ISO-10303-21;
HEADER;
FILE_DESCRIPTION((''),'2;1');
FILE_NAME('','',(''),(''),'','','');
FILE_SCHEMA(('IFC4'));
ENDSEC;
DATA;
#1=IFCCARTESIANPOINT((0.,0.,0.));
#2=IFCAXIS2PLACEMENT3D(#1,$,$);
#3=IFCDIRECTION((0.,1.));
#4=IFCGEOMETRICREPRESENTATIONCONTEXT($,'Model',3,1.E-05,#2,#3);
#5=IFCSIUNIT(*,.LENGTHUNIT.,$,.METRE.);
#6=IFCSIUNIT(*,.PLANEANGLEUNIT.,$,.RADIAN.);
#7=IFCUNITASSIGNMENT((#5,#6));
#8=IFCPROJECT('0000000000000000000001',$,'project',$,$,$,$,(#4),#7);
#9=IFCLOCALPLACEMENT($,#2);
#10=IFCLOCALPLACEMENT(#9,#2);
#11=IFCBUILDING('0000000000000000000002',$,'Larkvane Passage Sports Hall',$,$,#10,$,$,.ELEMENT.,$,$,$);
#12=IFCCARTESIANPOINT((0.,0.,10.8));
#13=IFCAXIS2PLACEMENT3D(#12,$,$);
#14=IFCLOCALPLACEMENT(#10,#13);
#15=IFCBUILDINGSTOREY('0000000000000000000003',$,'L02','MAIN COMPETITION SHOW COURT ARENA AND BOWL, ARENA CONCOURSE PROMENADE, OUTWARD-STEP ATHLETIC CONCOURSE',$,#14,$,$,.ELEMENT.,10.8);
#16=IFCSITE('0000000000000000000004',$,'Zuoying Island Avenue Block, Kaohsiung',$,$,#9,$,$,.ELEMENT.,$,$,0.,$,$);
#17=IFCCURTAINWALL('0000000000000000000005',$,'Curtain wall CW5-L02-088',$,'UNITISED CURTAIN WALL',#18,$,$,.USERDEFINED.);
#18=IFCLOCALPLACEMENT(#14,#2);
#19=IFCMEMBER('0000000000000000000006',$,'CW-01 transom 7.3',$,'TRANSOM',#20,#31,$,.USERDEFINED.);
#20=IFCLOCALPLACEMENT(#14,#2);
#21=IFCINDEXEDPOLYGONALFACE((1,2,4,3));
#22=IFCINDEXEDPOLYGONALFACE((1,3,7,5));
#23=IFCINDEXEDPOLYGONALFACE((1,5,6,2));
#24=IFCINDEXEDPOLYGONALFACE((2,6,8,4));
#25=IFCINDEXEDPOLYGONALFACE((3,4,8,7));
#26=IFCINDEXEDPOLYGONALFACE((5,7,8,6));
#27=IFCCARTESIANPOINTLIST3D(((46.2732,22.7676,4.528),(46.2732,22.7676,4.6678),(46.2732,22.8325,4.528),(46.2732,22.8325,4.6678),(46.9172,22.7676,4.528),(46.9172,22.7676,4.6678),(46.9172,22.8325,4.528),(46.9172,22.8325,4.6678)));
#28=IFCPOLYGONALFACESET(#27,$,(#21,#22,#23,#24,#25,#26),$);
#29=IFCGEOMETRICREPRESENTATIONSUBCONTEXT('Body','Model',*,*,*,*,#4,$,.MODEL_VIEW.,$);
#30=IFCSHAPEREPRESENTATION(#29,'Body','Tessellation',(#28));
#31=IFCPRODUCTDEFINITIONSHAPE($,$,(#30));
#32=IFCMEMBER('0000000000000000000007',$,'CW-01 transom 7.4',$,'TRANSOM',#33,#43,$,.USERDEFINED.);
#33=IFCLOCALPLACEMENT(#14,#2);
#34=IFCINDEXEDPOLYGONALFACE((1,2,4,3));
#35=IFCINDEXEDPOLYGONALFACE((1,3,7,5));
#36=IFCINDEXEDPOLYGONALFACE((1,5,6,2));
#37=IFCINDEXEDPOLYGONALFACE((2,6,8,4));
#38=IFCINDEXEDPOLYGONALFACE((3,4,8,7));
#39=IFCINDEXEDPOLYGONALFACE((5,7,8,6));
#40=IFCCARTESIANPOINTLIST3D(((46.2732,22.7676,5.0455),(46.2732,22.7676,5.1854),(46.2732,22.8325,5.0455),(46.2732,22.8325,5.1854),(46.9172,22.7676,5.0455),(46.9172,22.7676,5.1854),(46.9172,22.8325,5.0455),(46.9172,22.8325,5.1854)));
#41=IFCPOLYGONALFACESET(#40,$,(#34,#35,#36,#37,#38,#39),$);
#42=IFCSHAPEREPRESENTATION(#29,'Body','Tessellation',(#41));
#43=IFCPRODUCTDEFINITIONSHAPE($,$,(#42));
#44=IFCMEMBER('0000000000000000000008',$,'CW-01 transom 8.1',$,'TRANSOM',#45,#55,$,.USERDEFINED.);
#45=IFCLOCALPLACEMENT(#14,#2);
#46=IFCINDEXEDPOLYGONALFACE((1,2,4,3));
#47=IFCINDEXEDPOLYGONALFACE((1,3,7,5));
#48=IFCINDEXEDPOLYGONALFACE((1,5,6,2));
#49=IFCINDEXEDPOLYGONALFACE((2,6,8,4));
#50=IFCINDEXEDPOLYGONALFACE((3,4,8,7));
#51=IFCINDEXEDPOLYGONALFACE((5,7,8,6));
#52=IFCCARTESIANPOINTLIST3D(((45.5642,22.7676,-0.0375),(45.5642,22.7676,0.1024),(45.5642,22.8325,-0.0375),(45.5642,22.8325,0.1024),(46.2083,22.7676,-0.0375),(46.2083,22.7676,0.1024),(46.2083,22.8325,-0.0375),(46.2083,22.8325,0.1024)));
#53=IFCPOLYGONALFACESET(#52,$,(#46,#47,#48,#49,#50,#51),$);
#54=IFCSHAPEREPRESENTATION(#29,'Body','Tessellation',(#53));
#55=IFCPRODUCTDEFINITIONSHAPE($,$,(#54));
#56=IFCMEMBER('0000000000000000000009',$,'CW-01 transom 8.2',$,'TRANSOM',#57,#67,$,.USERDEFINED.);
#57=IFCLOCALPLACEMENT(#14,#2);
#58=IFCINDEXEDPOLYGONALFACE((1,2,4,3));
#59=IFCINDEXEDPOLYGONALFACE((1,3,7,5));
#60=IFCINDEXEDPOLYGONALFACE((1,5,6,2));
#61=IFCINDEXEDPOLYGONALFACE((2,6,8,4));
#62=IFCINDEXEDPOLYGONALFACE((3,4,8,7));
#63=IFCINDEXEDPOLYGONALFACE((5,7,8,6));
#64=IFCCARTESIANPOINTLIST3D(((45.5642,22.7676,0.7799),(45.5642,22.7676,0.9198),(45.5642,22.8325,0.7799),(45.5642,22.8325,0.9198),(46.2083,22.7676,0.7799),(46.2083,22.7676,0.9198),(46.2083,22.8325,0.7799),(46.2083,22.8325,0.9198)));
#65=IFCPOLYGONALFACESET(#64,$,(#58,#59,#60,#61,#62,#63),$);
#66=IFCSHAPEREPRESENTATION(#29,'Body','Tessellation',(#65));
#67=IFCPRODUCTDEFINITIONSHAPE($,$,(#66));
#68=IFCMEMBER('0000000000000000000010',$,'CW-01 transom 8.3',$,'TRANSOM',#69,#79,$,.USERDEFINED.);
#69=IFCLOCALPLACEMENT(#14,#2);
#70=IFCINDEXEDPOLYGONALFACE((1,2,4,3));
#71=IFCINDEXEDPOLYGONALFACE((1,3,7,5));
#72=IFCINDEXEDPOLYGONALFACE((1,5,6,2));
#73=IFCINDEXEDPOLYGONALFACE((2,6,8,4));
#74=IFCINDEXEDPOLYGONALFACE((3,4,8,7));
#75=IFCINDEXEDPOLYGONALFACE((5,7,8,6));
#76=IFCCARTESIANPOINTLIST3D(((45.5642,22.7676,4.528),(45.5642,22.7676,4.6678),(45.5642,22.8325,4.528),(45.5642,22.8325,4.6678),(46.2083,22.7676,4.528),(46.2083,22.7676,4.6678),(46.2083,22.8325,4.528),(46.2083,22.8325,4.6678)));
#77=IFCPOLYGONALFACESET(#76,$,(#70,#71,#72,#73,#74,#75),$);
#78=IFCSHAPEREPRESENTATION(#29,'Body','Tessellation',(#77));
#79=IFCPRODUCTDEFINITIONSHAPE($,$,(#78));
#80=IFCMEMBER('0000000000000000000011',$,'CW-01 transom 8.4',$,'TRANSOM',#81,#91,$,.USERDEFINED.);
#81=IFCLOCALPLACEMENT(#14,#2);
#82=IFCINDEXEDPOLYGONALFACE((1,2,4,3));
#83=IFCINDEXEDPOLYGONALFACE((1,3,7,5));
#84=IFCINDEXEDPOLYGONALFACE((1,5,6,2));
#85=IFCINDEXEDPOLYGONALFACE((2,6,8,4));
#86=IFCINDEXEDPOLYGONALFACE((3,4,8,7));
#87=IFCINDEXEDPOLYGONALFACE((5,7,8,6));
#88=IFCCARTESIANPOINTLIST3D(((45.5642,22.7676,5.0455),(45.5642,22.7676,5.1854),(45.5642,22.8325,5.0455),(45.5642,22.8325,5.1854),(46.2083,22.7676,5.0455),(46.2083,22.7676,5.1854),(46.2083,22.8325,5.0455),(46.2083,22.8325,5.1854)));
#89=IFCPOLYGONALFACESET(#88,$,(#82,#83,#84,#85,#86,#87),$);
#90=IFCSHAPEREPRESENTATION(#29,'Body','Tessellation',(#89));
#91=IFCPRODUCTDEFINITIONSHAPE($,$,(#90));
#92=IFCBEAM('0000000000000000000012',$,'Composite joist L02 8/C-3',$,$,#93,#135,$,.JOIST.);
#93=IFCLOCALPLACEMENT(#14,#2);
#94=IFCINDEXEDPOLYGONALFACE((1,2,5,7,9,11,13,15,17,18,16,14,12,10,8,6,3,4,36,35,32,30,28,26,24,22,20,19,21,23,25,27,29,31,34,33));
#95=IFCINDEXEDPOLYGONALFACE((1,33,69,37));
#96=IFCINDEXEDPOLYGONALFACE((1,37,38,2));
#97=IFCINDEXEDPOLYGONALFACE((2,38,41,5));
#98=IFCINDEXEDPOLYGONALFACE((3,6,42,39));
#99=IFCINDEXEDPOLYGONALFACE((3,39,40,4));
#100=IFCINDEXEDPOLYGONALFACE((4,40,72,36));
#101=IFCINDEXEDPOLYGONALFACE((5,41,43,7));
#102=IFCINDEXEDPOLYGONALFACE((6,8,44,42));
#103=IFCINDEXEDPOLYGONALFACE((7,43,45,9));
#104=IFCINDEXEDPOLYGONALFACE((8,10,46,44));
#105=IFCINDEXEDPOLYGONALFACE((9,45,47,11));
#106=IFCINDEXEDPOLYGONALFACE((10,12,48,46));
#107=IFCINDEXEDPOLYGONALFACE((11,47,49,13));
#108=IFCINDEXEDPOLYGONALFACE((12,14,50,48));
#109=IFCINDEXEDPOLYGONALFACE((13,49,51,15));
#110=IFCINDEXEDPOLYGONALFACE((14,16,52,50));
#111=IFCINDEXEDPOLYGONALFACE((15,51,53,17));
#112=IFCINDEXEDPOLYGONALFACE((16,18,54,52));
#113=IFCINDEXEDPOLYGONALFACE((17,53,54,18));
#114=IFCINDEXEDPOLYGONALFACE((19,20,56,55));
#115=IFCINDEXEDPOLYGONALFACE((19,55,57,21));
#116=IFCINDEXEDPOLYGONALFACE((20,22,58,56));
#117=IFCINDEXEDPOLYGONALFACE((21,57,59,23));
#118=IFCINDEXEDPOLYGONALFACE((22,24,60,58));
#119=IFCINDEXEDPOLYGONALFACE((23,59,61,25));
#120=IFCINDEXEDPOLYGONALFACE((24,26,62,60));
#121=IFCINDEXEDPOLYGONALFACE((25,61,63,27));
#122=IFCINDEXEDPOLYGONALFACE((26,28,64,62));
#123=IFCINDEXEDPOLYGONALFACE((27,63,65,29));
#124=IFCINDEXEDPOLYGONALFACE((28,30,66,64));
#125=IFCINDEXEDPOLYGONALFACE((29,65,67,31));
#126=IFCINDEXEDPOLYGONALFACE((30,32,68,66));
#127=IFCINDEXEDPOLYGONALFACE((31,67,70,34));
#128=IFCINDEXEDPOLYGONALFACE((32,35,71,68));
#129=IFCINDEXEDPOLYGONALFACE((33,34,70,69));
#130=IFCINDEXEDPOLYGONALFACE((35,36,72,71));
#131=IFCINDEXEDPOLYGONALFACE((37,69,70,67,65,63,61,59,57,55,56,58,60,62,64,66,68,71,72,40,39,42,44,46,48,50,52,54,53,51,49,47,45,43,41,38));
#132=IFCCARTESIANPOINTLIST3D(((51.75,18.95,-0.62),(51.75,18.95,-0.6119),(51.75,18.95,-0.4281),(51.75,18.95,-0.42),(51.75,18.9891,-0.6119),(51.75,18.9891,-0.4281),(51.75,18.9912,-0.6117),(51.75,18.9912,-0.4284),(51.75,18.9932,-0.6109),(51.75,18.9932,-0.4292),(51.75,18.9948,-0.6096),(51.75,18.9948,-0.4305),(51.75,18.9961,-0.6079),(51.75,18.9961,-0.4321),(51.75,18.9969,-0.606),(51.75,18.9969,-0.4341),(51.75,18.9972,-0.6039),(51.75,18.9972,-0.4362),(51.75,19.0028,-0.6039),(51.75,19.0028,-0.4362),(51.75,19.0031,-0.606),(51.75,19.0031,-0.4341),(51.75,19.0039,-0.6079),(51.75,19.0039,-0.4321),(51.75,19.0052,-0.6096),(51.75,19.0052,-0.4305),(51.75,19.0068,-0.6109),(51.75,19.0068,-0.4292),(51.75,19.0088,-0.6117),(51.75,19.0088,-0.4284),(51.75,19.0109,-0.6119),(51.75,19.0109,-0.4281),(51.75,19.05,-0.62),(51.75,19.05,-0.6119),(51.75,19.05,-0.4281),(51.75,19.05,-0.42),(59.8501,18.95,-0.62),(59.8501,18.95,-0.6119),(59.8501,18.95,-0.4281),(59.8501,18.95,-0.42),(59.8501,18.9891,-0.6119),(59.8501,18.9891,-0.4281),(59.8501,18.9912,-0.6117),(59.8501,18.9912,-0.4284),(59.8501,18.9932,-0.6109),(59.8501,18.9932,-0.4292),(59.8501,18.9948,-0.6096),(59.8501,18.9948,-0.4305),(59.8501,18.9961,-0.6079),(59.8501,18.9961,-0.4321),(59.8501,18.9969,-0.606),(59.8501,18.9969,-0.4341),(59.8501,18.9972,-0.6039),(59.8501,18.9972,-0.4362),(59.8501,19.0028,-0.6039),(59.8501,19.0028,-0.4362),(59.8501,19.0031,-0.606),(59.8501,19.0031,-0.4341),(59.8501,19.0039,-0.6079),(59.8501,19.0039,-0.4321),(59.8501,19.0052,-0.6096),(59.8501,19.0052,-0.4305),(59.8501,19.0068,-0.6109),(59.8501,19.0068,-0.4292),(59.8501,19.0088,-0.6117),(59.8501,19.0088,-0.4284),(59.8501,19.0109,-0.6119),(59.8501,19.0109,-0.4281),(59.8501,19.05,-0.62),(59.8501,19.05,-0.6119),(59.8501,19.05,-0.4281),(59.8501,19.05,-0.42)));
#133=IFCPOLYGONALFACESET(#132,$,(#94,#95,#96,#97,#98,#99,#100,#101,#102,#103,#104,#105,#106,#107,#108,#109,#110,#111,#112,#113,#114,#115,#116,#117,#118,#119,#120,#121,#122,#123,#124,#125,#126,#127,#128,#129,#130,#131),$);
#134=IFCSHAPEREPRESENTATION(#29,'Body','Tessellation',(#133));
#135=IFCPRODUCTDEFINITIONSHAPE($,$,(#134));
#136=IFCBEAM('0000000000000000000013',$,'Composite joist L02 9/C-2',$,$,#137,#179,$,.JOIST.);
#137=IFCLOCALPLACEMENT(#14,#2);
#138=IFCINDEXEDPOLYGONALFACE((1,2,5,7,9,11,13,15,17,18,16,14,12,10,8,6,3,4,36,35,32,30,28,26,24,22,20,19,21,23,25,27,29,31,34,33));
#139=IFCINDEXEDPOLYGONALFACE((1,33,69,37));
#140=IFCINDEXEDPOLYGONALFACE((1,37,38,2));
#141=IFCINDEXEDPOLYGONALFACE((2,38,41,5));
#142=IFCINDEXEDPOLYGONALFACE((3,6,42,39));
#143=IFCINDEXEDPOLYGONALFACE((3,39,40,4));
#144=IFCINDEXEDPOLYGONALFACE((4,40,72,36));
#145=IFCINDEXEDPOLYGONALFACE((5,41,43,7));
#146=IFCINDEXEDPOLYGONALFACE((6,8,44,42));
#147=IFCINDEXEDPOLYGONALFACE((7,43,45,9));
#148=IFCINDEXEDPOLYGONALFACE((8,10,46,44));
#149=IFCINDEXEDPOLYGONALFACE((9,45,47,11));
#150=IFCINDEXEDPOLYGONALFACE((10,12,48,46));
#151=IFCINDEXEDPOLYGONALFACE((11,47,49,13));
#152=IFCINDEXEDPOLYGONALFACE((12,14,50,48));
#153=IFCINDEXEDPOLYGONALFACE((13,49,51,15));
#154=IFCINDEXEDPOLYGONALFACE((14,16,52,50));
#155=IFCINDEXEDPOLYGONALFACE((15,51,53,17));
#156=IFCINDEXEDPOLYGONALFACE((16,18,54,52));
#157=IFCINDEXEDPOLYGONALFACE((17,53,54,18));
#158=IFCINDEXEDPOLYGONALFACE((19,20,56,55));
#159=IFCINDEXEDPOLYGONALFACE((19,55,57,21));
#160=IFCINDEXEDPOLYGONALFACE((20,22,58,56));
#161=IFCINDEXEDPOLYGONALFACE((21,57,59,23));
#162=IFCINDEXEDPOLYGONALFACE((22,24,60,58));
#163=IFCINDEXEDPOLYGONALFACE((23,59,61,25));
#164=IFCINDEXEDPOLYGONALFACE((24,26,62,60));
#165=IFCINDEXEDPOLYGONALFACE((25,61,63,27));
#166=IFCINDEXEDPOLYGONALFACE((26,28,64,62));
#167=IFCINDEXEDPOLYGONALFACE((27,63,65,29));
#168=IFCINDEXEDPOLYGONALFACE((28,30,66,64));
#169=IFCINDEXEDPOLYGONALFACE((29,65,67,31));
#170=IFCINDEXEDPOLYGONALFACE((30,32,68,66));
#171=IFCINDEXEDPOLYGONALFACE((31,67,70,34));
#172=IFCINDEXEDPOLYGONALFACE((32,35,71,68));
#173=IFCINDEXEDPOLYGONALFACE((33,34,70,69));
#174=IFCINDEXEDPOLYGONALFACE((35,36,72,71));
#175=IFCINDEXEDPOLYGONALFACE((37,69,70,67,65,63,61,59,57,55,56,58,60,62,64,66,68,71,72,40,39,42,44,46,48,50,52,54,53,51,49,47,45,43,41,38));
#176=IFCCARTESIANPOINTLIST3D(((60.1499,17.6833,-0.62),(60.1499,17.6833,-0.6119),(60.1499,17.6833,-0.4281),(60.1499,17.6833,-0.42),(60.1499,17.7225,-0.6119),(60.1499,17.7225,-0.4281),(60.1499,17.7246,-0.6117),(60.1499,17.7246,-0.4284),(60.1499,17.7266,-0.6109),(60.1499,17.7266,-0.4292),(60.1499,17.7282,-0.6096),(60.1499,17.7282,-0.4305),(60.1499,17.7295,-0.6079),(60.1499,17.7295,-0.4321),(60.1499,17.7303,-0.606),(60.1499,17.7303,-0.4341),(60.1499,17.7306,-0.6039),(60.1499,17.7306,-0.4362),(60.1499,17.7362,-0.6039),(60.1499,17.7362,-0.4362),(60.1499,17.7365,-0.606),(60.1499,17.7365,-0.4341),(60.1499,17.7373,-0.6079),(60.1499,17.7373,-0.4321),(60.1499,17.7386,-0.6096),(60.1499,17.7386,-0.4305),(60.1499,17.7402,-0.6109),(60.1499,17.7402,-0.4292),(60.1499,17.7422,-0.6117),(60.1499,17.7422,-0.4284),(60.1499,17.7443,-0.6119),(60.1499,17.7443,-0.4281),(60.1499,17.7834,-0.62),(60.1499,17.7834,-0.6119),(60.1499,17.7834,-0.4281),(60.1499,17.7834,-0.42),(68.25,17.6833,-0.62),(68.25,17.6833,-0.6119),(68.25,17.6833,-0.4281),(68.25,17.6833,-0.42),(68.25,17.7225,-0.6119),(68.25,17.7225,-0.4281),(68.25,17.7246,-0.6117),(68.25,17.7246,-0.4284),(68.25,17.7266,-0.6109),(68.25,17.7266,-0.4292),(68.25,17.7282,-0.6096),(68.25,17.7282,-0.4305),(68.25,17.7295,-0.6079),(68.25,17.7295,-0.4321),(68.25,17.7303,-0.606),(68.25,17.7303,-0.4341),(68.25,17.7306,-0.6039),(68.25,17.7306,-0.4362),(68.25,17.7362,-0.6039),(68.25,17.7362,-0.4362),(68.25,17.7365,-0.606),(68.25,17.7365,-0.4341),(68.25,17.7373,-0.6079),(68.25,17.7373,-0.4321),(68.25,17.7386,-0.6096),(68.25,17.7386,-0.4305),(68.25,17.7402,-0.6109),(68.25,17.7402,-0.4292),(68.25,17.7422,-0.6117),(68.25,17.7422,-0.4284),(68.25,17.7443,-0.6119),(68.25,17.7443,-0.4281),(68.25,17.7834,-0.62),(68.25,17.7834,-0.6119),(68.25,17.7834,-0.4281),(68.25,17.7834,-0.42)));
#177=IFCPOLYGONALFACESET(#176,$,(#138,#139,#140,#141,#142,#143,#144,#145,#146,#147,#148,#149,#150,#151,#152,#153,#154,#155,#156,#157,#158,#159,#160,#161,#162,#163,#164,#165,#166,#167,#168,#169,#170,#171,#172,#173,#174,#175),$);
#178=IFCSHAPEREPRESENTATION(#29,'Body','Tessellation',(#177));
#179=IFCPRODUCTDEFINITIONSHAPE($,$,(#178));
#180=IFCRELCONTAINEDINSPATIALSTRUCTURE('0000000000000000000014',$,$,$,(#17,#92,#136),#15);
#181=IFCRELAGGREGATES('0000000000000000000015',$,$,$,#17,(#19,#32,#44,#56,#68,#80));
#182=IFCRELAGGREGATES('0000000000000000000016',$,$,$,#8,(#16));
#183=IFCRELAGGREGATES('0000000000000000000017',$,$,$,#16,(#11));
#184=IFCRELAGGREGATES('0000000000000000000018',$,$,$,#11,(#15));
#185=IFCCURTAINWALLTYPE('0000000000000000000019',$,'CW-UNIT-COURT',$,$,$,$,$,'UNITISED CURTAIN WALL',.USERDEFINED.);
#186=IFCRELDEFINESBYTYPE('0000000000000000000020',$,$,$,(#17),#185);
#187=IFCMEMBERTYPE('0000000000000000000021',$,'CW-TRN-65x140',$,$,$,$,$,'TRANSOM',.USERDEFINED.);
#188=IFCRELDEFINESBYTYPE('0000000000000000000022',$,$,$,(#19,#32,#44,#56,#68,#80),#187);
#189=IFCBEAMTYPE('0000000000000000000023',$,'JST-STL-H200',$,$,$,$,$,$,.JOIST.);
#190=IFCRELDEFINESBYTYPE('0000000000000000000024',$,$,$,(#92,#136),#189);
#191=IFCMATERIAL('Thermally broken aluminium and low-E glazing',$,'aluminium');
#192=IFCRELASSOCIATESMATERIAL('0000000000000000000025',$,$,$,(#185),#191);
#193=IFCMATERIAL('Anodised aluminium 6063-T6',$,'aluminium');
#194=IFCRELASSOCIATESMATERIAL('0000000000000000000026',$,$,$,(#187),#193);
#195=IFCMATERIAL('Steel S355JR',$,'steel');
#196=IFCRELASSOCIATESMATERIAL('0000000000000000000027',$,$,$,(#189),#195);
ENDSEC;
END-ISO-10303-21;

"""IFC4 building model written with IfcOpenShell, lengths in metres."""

from ifc_helpers import new_model, si_unit, direction, frame, origin, origin_2d, place, context, subcontext, project, spatial, rectangle, i_section, extrude, material, material_profile, profile_set, type_object, element, aggregate, save


model = new_model("IFC4")

# Units and contexts
model_context = context("Model", 3, precision=1e-05, world=origin(), true_north=direction((0.0, 1.0)))
body_context = subcontext(model_context, "Body", "Model", "MODEL_VIEW")
ifc_project = project(units=[si_unit("LENGTHUNIT", "METRE"), si_unit("PLANEANGLEUNIT", "RADIAN")], contexts=[model_context])

# Site, building, storey
site_placement = place(None, origin())
site = spatial("IfcSite", under=ifc_project, at=site_placement, Name="Zuoying Island Avenue Block, Kaohsiung", CompositionType="ELEMENT", RefElevation=0.0)
building_placement = place(site_placement, origin())
building = spatial("IfcBuilding", under=site, at=building_placement, Name="Larkvane Passage Sports Hall", CompositionType="ELEMENT")
storey_placement = place(building_placement, frame((0.0, 0.0, 10.8)))
storey = spatial("IfcBuildingStorey", under=building, at=storey_placement, Name="L02", Description="MAIN COMPETITION SHOW COURT ARENA AND BOWL, ARENA CONCOURSE PROMENADE, OUTWARD-STEP ATHLETIC CONCOURSE", CompositionType="ELEMENT", Elevation=10.8)

# Shared definitions
ifc_material_1 = material(Name="Steel S355JR", Category="steel")

# Curtain wall, members
ifc_material_2 = material(Name="Thermally broken aluminium and low-E glazing", Category="aluminium")
curtain_wall_type = type_object("IfcCurtainWallType", Name="CW-UNIT-COURT", ElementType="UNITISED CURTAIN WALL", PredefinedType="USERDEFINED", material=ifc_material_2)
curtain_wall_placement = place(storey_placement, origin())
curtain_wall = element("IfcCurtainWall", 1, at=curtain_wall_placement, inside=storey, type_object=curtain_wall_type, Name="Curtain wall CW5-L02-088", ObjectType="UNITISED CURTAIN WALL", PredefinedType="USERDEFINED")
ifc_material_3 = material(Name="Anodised aluminium 6063-T6", Category="aluminium")
ifc_material_profile_1 = material_profile(ifc_material_3, rectangle(XDim=0.0649, YDim=0.1399, at=origin_2d()), Name="ALU-TRN-65x140")
ifc_profile_set_1 = profile_set([ifc_material_profile_1], Name="Anodised aluminium 6063-T6")
member_type_1 = type_object("IfcMemberType", Name="CW-TRN-65x140", ElementType="TRANSOM", PredefinedType="USERDEFINED", material=ifc_profile_set_1)
member_1_placement = place(storey_placement, frame((46.9172, 22.8, 4.5979), z_axis=(-1.0, 0.0, 0.0), x_axis=(0.0, -1.0, 0.0)))
member_1 = element("IfcMember", 2, at=member_1_placement, type_object=member_type_1, Name="CW-01 transom 7.3", ObjectType="TRANSOM", PredefinedType="USERDEFINED", context=body_context, shape_type="SweptSolid", body=[
    extrude(rectangle(XDim=0.0649, YDim=0.1399, at=origin_2d()), origin(), (0.0, 0.0, 1.0), 0.644),
])
member_2_placement = place(storey_placement, frame((46.9172, 22.8, 5.1155), z_axis=(-1.0, 0.0, 0.0), x_axis=(0.0, -1.0, 0.0)))
member_2 = element("IfcMember", 3, at=member_2_placement, type_object=member_type_1, Name="CW-01 transom 7.4", ObjectType="TRANSOM", PredefinedType="USERDEFINED", context=body_context, shape_type="SweptSolid", body=[
    extrude(rectangle(XDim=0.0649, YDim=0.1399, at=origin_2d()), origin(), (0.0, 0.0, 1.0), 0.644),
])
member_3_placement = place(storey_placement, frame((46.2083, 22.8, 0.0325), z_axis=(-1.0, 0.0, 0.0), x_axis=(0.0, -1.0, 0.0)))
member_3 = element("IfcMember", 4, at=member_3_placement, type_object=member_type_1, Name="CW-01 transom 8.1", ObjectType="TRANSOM", PredefinedType="USERDEFINED", context=body_context, shape_type="SweptSolid", body=[
    extrude(rectangle(XDim=0.0649, YDim=0.1399, at=origin_2d()), origin(), (0.0, 0.0, 1.0), 0.644),
])
member_4_placement = place(storey_placement, frame((46.2083, 22.8, 0.8499), z_axis=(-1.0, 0.0, 0.0), x_axis=(0.0, -1.0, 0.0)))
member_4 = element("IfcMember", 5, at=member_4_placement, type_object=member_type_1, Name="CW-01 transom 8.2", ObjectType="TRANSOM", PredefinedType="USERDEFINED", context=body_context, shape_type="SweptSolid", body=[
    extrude(rectangle(XDim=0.0649, YDim=0.1399, at=origin_2d()), origin(), (0.0, 0.0, 1.0), 0.644),
])
member_5_placement = place(storey_placement, frame((46.2083, 22.8, 4.5979), z_axis=(-1.0, 0.0, 0.0), x_axis=(0.0, -1.0, 0.0)))
member_5 = element("IfcMember", 6, at=member_5_placement, type_object=member_type_1, Name="CW-01 transom 8.3", ObjectType="TRANSOM", PredefinedType="USERDEFINED", context=body_context, shape_type="SweptSolid", body=[
    extrude(rectangle(XDim=0.0649, YDim=0.1399, at=origin_2d()), origin(), (0.0, 0.0, 1.0), 0.644),
])
member_6_placement = place(storey_placement, frame((46.2083, 22.8, 5.1155), z_axis=(-1.0, 0.0, 0.0), x_axis=(0.0, -1.0, 0.0)))
member_6 = element("IfcMember", 7, at=member_6_placement, type_object=member_type_1, Name="CW-01 transom 8.4", ObjectType="TRANSOM", PredefinedType="USERDEFINED", context=body_context, shape_type="SweptSolid", body=[
    extrude(rectangle(XDim=0.0649, YDim=0.1399, at=origin_2d()), origin(), (0.0, 0.0, 1.0), 0.644),
])

# Beams
ifc_material_profile_2 = material_profile(ifc_material_1, i_section(OverallWidth=0.1001, OverallDepth=0.2, WebThickness=0.0056, FlangeThickness=0.0081, FilletRadius=0.0081, at=origin_2d()), Name="H-200x100x5.5x8")
ifc_profile_set_2 = profile_set([ifc_material_profile_2], Name="Steel S355JR")
beam_type_1 = type_object("IfcBeamType", Name="JST-STL-H200", PredefinedType="JOIST", material=ifc_profile_set_2)
for number, where, z_axis, x_axis, name in (
    (8, (51.75, 19.0, -0.52), (1.0, 0.0, 0.0), (0.0, 1.0, 0.0), "Composite joist L02 8/C-3"),
    (9, (60.1499, 17.7334, -0.52), (1.0, 0.0, 0.0), (0.0, 1.0, 0.0), "Composite joist L02 9/C-2"),
):
    element("IfcBeam", number, at=place(storey_placement, frame(where, z_axis=z_axis, x_axis=x_axis)), inside=storey, type_object=beam_type_1, Name=name, PredefinedType="JOIST", context=body_context, shape_type="SweptSolid", body=[
        extrude(i_section(OverallWidth=0.1001, OverallDepth=0.2, WebThickness=0.0056, FlangeThickness=0.0081, FilletRadius=0.0081, at=origin_2d()), origin(), (0.0, 0.0, 1.0), 8.1001),
    ])

aggregate(curtain_wall, [member_1, member_2, member_3, member_4, member_5, member_6])

save(model, "model.ifc")
